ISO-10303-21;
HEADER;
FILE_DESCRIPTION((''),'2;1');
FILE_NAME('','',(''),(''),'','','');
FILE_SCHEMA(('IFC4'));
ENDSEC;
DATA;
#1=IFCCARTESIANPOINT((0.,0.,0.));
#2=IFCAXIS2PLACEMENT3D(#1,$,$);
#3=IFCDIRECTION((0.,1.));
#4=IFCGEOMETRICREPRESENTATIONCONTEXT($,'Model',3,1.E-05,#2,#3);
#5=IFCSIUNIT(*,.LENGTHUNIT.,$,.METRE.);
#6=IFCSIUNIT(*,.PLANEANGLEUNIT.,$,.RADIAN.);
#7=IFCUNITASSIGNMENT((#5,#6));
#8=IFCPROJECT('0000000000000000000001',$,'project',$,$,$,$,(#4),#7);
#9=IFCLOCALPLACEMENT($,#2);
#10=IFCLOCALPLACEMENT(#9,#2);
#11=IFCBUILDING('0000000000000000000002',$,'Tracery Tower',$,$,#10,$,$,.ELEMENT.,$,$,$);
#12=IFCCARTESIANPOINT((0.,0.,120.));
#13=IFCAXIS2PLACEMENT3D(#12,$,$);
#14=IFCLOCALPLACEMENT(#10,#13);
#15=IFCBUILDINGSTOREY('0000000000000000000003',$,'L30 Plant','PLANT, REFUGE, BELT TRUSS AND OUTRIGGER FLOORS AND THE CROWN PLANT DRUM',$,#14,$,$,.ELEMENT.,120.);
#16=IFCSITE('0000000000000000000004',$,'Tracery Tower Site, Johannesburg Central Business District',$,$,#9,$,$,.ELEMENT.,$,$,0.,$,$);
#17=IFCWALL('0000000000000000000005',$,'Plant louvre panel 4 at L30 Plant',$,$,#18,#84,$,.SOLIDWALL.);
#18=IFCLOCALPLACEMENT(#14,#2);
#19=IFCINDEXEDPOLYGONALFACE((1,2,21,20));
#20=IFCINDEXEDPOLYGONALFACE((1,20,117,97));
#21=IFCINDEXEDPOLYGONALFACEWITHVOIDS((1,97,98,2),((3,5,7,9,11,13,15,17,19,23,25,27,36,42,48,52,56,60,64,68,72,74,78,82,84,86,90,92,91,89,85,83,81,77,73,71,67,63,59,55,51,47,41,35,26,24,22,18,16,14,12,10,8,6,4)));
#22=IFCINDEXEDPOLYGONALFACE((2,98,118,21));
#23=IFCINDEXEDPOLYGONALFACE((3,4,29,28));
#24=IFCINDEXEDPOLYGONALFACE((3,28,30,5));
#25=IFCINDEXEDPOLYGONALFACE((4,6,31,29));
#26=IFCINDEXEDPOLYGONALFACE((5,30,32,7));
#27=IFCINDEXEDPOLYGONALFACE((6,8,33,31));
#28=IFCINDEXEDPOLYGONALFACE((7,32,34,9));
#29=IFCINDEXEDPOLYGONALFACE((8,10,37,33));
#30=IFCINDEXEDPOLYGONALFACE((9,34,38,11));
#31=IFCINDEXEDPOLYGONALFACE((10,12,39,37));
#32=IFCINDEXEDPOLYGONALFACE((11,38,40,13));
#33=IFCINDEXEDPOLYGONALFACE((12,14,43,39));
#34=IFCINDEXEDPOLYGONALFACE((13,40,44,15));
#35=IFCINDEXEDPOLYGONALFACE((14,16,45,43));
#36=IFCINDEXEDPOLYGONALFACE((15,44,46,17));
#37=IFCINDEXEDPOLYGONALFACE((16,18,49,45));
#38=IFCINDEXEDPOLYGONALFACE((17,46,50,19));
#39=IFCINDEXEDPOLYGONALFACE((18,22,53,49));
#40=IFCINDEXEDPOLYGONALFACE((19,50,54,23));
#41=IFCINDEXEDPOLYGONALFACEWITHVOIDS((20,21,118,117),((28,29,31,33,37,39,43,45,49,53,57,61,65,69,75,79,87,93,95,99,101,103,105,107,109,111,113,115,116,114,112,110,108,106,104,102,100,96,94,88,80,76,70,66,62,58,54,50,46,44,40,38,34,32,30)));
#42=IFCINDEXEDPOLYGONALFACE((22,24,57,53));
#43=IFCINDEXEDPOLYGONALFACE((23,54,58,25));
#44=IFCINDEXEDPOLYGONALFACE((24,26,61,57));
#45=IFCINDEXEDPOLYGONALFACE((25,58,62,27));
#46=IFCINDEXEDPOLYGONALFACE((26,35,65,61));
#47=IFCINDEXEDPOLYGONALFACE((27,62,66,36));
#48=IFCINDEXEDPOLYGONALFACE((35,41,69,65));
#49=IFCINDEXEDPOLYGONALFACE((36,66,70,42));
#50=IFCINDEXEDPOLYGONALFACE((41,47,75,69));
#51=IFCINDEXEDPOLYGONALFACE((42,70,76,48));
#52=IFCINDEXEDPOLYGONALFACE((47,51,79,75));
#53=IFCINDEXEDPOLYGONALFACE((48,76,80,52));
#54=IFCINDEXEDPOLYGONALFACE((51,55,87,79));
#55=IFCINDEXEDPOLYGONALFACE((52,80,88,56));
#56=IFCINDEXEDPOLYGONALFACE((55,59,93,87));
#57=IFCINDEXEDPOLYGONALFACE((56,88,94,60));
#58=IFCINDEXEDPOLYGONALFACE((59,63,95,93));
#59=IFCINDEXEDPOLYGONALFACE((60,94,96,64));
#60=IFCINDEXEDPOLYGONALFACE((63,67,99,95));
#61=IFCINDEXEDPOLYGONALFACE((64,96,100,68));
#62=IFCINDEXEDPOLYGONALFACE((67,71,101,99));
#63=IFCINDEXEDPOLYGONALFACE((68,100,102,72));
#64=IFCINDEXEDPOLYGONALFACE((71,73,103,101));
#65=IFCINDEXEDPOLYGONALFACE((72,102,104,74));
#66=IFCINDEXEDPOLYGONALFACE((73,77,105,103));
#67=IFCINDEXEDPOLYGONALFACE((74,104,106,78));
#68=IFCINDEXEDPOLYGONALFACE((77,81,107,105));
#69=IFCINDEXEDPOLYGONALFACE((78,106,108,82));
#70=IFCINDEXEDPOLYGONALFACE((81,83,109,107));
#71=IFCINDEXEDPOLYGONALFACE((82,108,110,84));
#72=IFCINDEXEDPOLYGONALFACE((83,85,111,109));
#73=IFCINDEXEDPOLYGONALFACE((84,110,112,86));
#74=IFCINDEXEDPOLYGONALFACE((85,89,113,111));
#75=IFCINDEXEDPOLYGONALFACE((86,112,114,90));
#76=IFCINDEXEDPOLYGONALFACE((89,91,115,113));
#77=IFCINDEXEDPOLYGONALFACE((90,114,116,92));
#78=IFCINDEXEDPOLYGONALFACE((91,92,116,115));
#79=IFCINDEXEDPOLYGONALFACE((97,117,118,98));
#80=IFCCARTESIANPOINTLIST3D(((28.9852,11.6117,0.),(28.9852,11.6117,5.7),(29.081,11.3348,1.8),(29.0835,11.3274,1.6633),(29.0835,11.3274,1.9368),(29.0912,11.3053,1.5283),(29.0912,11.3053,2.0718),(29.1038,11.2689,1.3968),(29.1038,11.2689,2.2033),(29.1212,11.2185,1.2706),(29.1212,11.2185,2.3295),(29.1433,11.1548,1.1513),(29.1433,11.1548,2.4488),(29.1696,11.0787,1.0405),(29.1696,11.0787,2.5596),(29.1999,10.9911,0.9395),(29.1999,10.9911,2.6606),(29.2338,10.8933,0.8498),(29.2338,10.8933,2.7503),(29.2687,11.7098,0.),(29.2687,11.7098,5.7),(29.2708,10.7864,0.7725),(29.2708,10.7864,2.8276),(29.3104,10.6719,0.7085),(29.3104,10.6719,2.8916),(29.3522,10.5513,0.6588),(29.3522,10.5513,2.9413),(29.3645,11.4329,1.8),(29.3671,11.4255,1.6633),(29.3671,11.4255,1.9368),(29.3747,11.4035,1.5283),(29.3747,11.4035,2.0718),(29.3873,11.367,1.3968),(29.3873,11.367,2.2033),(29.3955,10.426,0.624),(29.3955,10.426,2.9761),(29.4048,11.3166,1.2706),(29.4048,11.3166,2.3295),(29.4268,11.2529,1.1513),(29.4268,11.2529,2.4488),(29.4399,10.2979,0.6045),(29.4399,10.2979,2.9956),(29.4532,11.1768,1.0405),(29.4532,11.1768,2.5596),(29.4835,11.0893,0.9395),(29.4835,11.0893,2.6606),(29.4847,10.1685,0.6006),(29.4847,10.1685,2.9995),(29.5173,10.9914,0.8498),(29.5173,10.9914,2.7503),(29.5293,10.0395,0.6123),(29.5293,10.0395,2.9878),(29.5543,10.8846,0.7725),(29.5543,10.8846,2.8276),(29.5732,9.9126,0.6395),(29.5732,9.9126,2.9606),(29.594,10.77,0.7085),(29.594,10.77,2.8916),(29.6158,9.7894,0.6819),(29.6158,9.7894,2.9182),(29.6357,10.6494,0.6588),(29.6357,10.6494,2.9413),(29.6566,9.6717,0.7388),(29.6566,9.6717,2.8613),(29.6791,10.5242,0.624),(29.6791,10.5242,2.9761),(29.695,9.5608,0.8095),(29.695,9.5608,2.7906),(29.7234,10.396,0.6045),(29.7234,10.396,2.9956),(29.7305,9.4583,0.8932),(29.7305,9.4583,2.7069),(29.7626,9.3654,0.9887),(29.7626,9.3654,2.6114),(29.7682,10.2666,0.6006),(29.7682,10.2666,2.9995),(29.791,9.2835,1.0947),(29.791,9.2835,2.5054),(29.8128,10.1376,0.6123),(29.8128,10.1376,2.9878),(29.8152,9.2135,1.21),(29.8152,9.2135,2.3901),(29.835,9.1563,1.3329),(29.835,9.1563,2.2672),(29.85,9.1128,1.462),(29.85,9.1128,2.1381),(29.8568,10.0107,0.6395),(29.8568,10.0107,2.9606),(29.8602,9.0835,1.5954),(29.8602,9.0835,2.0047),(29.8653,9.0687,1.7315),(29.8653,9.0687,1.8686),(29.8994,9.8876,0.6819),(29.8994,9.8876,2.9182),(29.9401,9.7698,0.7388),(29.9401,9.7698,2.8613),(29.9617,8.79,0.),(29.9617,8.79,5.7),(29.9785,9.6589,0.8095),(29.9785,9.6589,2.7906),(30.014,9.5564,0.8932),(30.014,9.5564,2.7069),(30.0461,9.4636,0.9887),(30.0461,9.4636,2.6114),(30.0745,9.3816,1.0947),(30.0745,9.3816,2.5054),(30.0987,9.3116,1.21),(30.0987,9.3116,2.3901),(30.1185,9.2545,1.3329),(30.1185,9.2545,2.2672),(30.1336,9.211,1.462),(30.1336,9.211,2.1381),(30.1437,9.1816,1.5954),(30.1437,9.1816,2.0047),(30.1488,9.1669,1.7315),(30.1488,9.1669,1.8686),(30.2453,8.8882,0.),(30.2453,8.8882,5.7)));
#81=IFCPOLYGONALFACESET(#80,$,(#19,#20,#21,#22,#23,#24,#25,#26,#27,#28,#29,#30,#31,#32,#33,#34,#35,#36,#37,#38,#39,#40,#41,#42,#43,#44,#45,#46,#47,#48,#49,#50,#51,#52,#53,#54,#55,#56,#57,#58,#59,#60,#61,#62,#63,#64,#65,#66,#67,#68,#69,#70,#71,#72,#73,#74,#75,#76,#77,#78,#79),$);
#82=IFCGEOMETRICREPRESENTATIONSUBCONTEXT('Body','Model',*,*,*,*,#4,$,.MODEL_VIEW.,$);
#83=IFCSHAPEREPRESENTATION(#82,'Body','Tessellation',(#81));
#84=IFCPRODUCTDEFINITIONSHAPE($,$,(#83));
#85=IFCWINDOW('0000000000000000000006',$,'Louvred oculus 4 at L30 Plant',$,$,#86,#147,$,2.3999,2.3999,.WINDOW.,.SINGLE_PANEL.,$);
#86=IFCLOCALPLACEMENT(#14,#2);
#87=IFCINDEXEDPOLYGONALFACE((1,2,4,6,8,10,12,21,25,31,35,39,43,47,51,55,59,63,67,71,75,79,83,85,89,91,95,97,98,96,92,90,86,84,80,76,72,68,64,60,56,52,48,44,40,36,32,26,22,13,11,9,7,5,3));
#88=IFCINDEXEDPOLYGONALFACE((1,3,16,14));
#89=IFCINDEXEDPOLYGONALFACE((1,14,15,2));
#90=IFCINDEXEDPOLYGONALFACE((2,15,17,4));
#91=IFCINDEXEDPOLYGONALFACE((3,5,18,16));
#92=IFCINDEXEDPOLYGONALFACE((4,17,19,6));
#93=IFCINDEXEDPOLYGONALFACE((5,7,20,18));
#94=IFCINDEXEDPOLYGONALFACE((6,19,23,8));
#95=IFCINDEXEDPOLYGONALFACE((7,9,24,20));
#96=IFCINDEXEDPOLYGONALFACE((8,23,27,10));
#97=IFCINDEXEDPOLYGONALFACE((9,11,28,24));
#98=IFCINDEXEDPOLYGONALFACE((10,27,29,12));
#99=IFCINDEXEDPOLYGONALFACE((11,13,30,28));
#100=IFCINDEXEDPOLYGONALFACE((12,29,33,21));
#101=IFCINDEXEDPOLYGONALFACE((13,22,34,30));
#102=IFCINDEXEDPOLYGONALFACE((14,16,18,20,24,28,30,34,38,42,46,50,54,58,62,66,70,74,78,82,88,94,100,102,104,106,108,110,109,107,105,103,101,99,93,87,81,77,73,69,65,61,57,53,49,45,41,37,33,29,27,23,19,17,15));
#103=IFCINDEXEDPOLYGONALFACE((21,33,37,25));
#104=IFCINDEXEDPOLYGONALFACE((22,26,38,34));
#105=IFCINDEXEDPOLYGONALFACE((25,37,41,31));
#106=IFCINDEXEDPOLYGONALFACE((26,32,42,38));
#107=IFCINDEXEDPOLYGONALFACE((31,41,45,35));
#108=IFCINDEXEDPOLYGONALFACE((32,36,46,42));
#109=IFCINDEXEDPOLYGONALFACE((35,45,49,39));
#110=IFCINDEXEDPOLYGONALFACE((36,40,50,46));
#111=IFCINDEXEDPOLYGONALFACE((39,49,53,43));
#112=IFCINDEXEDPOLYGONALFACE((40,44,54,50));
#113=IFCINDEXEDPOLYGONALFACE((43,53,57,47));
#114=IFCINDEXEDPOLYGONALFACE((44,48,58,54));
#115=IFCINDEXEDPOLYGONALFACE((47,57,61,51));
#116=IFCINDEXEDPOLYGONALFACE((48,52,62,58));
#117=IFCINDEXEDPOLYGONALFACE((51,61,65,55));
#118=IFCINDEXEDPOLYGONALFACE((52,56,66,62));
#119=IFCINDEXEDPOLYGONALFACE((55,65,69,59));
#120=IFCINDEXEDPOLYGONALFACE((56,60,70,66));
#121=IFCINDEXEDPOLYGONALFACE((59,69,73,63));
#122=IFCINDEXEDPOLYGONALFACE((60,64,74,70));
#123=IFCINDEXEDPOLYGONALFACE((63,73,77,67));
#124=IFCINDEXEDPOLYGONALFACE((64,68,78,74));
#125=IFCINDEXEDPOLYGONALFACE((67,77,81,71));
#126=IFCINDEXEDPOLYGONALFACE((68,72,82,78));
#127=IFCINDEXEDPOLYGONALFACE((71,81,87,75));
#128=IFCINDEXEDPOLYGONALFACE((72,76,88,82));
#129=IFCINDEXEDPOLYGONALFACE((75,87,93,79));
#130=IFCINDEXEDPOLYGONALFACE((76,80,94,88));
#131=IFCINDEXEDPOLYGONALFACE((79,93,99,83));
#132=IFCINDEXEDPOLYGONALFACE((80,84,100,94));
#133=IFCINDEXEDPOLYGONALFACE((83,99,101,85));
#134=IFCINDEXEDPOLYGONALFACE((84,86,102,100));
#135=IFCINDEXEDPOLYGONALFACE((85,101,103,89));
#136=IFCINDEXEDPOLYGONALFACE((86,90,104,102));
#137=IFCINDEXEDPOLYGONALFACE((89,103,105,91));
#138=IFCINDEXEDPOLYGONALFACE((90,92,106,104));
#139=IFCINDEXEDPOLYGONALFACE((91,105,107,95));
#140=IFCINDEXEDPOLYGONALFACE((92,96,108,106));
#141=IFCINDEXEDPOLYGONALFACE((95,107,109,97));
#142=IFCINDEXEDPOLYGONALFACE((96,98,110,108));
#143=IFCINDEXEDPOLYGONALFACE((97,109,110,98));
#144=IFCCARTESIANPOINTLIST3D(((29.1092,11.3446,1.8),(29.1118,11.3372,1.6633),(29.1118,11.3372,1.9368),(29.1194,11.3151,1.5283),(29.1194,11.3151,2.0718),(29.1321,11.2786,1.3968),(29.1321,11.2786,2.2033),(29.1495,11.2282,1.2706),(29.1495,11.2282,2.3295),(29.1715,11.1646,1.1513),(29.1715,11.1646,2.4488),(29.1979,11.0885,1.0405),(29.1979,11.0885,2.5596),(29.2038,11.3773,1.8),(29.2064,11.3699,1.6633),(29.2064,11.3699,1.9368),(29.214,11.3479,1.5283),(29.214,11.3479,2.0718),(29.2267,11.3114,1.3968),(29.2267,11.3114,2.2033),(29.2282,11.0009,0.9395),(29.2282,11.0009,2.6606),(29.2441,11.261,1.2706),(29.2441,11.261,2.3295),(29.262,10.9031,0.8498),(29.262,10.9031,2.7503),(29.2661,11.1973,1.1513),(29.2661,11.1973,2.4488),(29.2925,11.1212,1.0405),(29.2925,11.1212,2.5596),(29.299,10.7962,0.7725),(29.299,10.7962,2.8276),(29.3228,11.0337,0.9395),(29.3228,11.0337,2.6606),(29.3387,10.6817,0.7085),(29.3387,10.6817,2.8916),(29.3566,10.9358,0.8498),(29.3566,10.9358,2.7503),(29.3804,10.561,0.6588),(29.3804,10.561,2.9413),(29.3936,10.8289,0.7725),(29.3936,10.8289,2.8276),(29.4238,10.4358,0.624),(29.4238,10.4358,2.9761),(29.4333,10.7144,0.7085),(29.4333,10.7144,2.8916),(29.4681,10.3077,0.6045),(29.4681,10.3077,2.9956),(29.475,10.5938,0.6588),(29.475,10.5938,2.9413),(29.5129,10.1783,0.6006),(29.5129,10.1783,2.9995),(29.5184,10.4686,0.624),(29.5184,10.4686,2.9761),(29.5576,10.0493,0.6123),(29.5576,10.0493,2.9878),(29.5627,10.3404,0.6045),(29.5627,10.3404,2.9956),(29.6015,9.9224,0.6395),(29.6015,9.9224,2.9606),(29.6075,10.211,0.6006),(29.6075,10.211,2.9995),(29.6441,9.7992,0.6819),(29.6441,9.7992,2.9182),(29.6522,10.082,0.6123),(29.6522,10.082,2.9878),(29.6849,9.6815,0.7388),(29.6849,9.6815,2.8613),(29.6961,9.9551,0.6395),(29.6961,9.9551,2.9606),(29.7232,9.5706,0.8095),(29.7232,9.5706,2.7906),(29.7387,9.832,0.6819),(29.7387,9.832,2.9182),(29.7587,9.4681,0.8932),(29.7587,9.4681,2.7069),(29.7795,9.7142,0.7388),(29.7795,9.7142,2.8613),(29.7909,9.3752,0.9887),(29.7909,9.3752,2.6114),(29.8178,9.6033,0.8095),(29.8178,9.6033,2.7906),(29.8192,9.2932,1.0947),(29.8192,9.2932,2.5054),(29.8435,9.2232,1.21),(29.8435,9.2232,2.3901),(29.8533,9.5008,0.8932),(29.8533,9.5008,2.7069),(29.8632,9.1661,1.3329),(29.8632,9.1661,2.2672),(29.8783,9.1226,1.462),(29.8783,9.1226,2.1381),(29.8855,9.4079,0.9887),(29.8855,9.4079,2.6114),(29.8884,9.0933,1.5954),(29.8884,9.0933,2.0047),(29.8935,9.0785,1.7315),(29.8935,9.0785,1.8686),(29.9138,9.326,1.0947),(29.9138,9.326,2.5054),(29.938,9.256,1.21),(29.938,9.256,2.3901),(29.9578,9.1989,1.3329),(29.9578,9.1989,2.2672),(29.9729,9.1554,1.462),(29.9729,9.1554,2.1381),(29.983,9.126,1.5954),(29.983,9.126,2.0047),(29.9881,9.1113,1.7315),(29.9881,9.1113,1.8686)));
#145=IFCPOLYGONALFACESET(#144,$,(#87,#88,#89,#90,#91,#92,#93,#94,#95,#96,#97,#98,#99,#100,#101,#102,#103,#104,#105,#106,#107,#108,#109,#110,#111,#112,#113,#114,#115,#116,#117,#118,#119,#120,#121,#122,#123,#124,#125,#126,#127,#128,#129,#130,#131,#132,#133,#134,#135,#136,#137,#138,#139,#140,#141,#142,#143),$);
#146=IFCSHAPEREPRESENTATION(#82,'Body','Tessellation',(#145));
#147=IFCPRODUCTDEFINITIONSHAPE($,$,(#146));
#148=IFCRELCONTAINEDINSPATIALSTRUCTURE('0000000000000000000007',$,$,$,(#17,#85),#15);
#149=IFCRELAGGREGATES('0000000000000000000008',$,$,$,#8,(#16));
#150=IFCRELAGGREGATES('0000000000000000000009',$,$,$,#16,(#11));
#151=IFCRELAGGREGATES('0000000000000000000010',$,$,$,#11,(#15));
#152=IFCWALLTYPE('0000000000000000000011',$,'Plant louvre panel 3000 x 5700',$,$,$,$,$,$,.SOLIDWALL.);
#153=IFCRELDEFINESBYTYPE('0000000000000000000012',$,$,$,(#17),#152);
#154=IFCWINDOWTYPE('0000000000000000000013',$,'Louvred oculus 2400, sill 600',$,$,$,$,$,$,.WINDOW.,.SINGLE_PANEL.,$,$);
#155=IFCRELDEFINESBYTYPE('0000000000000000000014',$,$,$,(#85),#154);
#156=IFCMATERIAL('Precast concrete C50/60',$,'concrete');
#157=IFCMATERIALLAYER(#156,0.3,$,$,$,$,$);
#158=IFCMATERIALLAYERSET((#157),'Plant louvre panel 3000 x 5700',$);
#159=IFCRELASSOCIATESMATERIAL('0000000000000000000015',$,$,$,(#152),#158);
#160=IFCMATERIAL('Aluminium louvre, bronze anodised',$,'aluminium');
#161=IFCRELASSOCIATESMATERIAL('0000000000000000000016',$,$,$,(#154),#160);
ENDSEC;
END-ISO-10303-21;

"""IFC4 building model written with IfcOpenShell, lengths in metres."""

from ifc_helpers import new_model, si_unit, direction, frame, frame_2d, origin, origin_2d, place, context, subcontext, project, spatial, rectangle, circle, extrude, material, layer, layer_set, type_object, element, fill, save


model = new_model("IFC4")

# Units and contexts
model_context = context("Model", 3, precision=1e-05, world=origin(), true_north=direction((0.0, 1.0)))
body_context = subcontext(model_context, "Body", "Model", "MODEL_VIEW")
ifc_project = project(units=[si_unit("LENGTHUNIT", "METRE"), si_unit("PLANEANGLEUNIT", "RADIAN")], contexts=[model_context])

# Site, building, storey
site_placement = place(None, origin())
site = spatial("IfcSite", under=ifc_project, at=site_placement, Name="Tracery Tower Site, Johannesburg Central Business District", CompositionType="ELEMENT", RefElevation=0.0)
building_placement = place(site_placement, origin())
building = spatial("IfcBuilding", under=site, at=building_placement, Name="Tracery Tower", CompositionType="ELEMENT")
storey_placement = place(building_placement, frame((0.0, 0.0, 120.0)))
storey = spatial("IfcBuildingStorey", under=building, at=storey_placement, Name="L30 Plant", Description="PLANT, REFUGE, BELT TRUSS AND OUTRIGGER FLOORS AND THE CROWN PLANT DRUM", CompositionType="ELEMENT", Elevation=120.0)

# Wall, opening, window
ifc_material_1 = material(Name="Precast concrete C50/60", Category="concrete")
ifc_layer_1 = layer(ifc_material_1, 0.3)
ifc_layer_set_1 = layer_set([ifc_layer_1], Name="Plant louvre panel 3000 x 5700")
wall_type_1 = type_object("IfcWallType", Name="Plant louvre panel 3000 x 5700", PredefinedType="SOLIDWALL", material=ifc_layer_set_1)
ifc_material_2 = material(Name="Aluminium louvre, bronze anodised", Category="aluminium")
window_type = type_object("IfcWindowType", Name="Louvred oculus 2400, sill 600", PartitioningType="SINGLE_PANEL", PredefinedType="WINDOW", material=ifc_material_2)
wall_1_placement = place(storey_placement, frame((30.1035, 8.8391, 0.0), z_axis=(0.0, 0.0, 1.0), x_axis=(-0.327074, 0.944999, 0.0)))
wall_1 = element("IfcWall", 1, at=wall_1_placement, inside=storey, type_object=wall_type_1, Name="Plant louvre panel 4 at L30 Plant", PredefinedType="SOLIDWALL", context=body_context, shape_type="SweptSolid", body=[
    extrude(rectangle(XDim=2.9858, YDim=0.3, at=frame_2d((1.4929, 0.0))), origin(), (0.0, 0.0, 1.0), 5.7),
])
opening_1_placement = place(wall_1_placement, frame((1.4929, 0.0, 1.8)))
opening_1 = element("IfcOpeningElement", 2, at=opening_1_placement, cuts=wall_1, PredefinedType="OPENING", context=body_context, shape_type="SweptSolid", body=[
    extrude(circle(Radius=1.2, at=origin_2d()), frame((0.0, 0.1599, 0.0), z_axis=(0.0, -1.0, 0.0), x_axis=(1.0, 0.0, 0.0)), (0.0, 0.0, 1.0), 0.3201),
])
window_1_placement = place(opening_1_placement, origin())
window_1 = element("IfcWindow", 3, at=window_1_placement, inside=storey, type_object=window_type, Name="Louvred oculus 4 at L30 Plant", OverallHeight=2.3999, OverallWidth=2.3999, PartitioningType="SINGLE_PANEL", PredefinedType="WINDOW", context=body_context, shape_type="SweptSolid", body=[
    extrude(circle(Radius=1.2, at=origin_2d()), frame((0.0, 0.1201, 0.0), z_axis=(0.0, -1.0, 0.0), x_axis=(1.0, 0.0, 0.0)), (0.0, 0.0, 1.0), 0.1001),
])
fill(opening_1, window_1)

save(model, "model.ifc")
